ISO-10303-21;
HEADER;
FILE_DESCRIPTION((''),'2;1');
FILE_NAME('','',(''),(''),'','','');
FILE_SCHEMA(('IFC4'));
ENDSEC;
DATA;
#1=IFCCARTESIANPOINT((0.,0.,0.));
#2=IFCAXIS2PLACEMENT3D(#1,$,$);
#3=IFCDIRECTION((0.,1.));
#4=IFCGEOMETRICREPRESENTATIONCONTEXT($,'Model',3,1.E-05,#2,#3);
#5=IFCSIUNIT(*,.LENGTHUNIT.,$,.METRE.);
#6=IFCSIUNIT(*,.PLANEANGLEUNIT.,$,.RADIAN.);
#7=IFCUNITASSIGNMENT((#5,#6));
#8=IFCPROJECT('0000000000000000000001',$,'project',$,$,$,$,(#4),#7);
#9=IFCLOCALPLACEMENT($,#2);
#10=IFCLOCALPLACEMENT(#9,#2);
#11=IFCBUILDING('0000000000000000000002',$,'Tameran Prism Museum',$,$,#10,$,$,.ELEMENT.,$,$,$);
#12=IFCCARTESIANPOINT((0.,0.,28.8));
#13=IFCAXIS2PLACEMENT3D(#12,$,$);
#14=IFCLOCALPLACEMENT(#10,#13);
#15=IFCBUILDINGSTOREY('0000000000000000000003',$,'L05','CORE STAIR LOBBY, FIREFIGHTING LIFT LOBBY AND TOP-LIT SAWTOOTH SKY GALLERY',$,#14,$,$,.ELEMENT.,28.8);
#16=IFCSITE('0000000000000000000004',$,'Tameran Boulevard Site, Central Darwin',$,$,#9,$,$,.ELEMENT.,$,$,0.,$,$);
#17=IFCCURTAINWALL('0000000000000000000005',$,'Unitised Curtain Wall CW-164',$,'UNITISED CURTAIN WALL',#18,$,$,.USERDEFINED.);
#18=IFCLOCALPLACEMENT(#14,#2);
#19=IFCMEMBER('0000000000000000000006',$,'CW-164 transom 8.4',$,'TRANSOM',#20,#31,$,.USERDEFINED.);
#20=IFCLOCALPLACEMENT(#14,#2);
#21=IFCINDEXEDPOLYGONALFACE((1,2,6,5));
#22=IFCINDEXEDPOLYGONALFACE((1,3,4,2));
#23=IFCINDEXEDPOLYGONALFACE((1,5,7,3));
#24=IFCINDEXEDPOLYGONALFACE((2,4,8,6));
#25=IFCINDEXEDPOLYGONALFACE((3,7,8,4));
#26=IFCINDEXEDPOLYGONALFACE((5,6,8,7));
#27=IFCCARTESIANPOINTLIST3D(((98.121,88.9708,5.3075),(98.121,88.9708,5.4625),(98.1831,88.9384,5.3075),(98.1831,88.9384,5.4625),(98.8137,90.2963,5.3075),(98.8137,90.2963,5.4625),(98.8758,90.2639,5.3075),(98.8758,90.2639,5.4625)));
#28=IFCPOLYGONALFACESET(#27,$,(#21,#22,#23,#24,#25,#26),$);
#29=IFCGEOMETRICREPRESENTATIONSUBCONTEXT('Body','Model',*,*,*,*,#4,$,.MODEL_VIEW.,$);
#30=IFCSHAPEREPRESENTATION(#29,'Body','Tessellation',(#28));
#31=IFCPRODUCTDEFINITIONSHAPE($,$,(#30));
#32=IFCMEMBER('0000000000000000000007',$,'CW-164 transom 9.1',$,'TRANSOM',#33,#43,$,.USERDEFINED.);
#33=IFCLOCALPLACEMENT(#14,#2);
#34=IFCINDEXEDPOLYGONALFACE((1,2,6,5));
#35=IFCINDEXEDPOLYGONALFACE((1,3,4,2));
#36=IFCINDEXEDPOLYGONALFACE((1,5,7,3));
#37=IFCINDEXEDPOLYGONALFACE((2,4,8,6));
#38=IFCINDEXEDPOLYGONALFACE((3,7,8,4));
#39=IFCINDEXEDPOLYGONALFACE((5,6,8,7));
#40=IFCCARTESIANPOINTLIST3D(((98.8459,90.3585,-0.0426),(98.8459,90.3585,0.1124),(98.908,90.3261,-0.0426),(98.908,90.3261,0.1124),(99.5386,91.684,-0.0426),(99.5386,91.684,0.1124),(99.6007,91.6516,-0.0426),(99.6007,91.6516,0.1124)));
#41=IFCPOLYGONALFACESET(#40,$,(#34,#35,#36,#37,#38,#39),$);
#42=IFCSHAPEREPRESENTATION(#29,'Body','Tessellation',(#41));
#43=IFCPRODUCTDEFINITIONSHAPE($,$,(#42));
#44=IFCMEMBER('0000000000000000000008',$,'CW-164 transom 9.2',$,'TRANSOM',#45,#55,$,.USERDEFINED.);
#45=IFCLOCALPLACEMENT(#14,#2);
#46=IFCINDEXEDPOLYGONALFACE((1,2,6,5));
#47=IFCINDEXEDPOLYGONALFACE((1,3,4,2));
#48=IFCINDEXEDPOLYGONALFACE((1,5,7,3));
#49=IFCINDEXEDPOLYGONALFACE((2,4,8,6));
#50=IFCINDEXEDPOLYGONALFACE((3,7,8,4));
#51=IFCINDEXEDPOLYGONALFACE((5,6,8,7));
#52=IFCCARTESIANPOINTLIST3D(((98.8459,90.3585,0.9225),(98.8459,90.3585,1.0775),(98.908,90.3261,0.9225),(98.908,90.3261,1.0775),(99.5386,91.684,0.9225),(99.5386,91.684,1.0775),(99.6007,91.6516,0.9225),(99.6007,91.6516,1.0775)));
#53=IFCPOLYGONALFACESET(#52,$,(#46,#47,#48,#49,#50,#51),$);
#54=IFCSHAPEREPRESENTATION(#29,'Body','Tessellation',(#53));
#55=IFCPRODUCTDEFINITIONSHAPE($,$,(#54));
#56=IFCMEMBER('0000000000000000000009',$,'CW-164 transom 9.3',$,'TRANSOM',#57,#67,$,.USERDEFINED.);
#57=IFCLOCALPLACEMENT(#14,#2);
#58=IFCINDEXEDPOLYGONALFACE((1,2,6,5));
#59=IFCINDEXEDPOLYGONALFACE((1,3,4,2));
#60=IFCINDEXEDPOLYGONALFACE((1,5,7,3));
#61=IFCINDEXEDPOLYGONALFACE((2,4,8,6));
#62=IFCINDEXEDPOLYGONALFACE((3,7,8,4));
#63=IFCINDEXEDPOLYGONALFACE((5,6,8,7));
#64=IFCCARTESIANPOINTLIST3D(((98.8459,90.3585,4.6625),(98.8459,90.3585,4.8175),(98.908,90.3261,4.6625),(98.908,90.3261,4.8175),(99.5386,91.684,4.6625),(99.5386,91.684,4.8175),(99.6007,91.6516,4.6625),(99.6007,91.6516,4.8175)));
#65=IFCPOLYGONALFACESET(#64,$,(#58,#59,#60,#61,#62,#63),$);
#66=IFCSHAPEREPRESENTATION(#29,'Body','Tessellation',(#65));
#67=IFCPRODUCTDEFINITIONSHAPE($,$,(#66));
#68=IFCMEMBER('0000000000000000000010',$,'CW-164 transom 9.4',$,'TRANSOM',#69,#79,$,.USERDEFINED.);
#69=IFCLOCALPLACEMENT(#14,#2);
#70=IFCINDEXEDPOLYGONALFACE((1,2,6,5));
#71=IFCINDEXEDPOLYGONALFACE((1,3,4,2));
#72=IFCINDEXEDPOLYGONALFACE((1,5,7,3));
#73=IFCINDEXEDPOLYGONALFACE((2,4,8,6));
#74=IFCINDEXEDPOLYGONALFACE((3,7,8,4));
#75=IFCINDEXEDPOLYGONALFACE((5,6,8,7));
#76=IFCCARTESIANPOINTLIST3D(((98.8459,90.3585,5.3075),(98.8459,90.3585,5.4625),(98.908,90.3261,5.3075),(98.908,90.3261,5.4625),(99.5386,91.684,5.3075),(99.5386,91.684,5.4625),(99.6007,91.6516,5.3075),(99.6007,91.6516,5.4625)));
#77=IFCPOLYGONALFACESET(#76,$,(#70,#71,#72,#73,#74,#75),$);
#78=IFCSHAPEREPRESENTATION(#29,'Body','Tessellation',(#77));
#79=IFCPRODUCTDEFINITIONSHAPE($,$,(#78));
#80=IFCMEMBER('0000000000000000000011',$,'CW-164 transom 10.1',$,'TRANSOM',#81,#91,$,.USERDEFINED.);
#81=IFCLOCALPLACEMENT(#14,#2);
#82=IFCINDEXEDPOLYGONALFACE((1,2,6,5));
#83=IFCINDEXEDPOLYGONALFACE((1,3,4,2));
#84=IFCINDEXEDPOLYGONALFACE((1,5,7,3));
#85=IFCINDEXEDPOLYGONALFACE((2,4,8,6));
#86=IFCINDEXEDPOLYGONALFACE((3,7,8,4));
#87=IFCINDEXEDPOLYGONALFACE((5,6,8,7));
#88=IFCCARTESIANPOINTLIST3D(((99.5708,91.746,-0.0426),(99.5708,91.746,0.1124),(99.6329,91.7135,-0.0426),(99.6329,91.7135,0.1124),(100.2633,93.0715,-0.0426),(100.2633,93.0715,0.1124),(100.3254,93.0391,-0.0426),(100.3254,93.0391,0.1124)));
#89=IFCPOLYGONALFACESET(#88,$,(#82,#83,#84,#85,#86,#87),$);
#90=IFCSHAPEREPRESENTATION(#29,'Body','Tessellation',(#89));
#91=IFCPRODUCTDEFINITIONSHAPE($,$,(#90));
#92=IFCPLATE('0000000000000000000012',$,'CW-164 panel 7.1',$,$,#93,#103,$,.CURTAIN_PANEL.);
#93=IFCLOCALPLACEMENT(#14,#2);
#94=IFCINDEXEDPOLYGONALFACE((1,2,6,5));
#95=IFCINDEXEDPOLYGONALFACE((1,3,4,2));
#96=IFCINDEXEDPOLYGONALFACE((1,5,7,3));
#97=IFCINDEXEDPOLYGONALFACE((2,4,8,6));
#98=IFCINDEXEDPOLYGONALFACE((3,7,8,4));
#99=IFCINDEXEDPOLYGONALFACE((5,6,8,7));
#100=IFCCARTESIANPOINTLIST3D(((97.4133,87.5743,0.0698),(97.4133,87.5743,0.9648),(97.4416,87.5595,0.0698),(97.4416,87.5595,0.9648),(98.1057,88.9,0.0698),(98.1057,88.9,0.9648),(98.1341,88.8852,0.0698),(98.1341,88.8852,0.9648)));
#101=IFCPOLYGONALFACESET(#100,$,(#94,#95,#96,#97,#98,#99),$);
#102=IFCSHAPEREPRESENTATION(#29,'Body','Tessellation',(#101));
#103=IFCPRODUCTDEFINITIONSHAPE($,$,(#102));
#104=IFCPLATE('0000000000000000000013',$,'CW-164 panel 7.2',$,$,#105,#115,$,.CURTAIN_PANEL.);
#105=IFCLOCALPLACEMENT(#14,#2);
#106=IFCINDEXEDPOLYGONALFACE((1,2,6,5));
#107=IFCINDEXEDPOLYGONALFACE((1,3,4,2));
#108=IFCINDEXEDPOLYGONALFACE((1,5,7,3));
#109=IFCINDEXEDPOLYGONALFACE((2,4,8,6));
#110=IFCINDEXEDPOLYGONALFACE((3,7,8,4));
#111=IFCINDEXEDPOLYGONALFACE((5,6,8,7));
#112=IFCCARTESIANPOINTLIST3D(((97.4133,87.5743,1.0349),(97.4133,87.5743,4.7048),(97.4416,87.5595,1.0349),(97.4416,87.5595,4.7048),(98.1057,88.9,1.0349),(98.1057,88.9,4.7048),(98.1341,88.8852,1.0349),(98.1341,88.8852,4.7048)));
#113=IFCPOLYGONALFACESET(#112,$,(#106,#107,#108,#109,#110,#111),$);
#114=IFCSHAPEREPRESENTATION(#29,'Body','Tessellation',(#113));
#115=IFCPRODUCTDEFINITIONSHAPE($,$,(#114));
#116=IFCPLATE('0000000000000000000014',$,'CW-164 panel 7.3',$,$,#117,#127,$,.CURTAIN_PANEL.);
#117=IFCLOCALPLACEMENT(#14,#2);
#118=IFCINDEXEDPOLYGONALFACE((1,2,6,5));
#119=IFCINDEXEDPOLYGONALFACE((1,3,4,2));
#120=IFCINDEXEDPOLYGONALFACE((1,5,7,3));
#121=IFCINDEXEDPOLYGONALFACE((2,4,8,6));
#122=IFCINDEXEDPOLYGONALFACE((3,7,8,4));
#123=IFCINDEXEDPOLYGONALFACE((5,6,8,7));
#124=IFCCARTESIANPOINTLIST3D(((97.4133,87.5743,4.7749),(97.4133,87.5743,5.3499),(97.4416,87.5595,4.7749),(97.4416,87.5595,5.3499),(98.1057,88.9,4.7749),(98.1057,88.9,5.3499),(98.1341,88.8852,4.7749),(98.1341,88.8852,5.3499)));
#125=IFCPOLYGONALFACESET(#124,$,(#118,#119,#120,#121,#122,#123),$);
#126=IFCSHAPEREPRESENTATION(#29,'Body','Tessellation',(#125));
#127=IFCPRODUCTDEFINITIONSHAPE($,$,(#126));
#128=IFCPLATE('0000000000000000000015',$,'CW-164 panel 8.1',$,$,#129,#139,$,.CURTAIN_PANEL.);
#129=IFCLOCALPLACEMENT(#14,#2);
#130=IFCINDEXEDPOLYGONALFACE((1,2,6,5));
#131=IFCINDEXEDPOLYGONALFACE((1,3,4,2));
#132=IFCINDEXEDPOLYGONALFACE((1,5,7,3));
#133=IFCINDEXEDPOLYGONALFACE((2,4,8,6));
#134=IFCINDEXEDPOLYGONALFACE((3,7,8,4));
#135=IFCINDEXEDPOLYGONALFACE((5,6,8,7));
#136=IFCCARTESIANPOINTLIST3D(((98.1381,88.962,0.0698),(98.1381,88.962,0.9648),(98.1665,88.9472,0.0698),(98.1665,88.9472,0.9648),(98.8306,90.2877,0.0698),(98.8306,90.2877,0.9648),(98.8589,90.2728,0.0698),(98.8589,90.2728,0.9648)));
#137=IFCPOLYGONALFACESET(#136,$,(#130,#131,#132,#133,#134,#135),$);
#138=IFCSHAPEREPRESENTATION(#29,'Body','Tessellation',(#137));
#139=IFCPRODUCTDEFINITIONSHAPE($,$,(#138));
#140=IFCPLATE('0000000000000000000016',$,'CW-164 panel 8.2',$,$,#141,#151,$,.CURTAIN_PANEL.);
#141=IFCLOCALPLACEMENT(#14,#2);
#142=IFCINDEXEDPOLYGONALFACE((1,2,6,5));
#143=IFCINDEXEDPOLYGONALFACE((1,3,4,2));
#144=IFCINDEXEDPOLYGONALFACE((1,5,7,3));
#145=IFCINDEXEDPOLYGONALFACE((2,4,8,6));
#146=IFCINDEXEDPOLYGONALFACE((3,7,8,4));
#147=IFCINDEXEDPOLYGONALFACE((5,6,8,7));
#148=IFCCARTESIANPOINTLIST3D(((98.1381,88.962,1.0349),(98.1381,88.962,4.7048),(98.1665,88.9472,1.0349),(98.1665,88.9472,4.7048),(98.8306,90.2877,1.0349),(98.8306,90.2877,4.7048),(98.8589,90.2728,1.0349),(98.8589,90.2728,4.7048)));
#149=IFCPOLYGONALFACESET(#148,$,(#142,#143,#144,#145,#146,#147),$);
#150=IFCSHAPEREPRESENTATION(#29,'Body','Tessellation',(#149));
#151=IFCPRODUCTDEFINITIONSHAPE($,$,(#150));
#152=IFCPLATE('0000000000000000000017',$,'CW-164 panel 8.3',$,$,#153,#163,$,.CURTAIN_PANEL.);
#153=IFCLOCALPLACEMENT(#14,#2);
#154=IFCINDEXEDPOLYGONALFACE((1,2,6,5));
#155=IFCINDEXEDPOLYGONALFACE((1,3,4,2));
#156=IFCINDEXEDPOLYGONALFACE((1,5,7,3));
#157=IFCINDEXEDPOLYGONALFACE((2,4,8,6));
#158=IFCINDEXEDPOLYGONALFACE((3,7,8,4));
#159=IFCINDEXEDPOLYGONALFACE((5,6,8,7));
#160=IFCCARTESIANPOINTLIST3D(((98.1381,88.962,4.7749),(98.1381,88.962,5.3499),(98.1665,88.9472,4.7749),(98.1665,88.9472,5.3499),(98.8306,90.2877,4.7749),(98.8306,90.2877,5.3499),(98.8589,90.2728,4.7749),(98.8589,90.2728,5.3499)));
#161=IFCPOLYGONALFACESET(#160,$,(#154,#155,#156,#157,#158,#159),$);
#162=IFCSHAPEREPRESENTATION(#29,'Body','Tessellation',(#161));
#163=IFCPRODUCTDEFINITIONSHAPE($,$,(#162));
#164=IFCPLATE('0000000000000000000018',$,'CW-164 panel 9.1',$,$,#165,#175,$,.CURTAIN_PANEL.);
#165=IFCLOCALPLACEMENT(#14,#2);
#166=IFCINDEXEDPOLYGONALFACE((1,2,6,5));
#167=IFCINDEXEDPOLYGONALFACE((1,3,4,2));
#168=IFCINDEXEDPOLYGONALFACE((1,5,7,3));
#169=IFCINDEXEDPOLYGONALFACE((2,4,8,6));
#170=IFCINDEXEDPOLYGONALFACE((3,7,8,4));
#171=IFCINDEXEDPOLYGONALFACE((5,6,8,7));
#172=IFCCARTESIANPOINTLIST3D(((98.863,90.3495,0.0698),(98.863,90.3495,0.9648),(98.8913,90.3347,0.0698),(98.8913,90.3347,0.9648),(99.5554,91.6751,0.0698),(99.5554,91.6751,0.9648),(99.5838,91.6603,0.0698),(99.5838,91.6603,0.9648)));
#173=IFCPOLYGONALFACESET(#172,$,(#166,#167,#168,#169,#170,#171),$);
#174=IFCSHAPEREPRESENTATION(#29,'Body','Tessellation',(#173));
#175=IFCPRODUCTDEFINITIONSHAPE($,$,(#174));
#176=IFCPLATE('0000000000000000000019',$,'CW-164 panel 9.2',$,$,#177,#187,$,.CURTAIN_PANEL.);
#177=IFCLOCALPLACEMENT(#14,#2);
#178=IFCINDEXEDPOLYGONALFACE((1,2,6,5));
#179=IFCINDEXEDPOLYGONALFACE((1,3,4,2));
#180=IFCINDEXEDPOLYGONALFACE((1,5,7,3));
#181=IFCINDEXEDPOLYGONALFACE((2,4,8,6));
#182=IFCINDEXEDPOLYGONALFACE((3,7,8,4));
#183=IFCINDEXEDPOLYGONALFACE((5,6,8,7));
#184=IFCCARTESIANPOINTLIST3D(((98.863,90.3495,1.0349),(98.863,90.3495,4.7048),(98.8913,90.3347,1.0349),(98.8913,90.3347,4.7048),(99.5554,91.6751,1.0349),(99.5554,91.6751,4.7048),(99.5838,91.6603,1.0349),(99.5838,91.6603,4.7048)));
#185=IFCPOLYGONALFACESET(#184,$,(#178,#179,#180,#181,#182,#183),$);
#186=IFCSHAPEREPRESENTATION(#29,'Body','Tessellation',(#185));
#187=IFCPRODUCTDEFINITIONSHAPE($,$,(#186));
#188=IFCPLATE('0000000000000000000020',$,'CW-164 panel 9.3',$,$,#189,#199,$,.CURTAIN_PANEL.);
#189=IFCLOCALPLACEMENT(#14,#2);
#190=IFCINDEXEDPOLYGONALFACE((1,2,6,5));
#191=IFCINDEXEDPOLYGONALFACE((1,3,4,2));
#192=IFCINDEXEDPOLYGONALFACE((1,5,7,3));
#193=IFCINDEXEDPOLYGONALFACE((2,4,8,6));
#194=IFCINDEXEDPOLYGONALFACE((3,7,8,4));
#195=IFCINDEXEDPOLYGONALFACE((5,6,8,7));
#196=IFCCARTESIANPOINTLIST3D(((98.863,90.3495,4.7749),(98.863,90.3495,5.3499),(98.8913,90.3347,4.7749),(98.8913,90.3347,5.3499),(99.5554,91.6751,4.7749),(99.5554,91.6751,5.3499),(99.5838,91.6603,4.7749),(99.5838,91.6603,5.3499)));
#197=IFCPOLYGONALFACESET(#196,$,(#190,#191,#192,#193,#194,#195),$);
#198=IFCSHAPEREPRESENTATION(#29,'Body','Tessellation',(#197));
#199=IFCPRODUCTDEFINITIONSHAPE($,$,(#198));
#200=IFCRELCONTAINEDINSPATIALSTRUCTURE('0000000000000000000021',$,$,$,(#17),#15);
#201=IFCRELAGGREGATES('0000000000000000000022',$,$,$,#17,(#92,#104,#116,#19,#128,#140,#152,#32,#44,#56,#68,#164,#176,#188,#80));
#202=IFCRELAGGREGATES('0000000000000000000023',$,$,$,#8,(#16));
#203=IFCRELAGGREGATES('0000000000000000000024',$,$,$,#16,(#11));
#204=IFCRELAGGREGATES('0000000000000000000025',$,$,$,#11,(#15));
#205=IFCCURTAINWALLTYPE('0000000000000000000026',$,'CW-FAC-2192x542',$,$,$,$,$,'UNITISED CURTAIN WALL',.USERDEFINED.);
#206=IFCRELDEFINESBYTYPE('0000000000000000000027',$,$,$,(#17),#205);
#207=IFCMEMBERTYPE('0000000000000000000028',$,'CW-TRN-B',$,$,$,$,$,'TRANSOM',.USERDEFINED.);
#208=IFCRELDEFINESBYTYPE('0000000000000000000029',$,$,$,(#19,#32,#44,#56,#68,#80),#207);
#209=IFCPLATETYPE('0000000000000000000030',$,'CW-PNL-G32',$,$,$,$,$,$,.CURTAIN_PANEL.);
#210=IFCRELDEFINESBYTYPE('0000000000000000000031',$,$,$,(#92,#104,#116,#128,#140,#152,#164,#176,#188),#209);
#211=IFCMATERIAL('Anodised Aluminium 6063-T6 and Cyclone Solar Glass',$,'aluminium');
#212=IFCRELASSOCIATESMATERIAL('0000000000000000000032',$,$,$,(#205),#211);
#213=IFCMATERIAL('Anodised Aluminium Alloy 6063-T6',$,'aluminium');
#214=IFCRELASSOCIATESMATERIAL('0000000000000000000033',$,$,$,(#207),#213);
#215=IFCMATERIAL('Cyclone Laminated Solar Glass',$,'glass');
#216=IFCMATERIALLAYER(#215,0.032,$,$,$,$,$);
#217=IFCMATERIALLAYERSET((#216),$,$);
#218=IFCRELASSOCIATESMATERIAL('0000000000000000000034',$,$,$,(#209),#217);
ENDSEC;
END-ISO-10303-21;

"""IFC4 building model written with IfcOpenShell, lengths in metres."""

from ifc_helpers import new_model, si_unit, direction, frame, origin, origin_2d, place, context, subcontext, project, spatial, rectangle, extrude, material, layer, layer_set, material_profile, profile_set, type_object, element, aggregate, save


model = new_model("IFC4")

# Units and contexts
model_context = context("Model", 3, precision=1e-05, world=origin(), true_north=direction((0.0, 1.0)))
body_context = subcontext(model_context, "Body", "Model", "MODEL_VIEW")
ifc_project = project(units=[si_unit("LENGTHUNIT", "METRE"), si_unit("PLANEANGLEUNIT", "RADIAN")], contexts=[model_context])

# Site, building, storey
site_placement = place(None, origin())
site = spatial("IfcSite", under=ifc_project, at=site_placement, Name="Tameran Boulevard Site, Central Darwin", CompositionType="ELEMENT", RefElevation=0.0)
building_placement = place(site_placement, origin())
building = spatial("IfcBuilding", under=site, at=building_placement, Name="Tameran Prism Museum", CompositionType="ELEMENT")
storey_placement = place(building_placement, frame((0.0, 0.0, 28.8)))
storey = spatial("IfcBuildingStorey", under=building, at=storey_placement, Name="L05", Description="CORE STAIR LOBBY, FIREFIGHTING LIFT LOBBY AND TOP-LIT SAWTOOTH SKY GALLERY", CompositionType="ELEMENT", Elevation=28.8)

# Curtain wall, members, plates
ifc_material_1 = material(Name="Anodised Aluminium 6063-T6 and Cyclone Solar Glass", Category="aluminium")
curtain_wall_type = type_object("IfcCurtainWallType", Name="CW-FAC-2192x542", ElementType="UNITISED CURTAIN WALL", PredefinedType="USERDEFINED", material=ifc_material_1)
curtain_wall_placement = place(storey_placement, origin())
curtain_wall = element("IfcCurtainWall", 1, at=curtain_wall_placement, inside=storey, type_object=curtain_wall_type, Name="Unitised Curtain Wall CW-164", ObjectType="UNITISED CURTAIN WALL", PredefinedType="USERDEFINED")
ifc_material_2 = material(Name="Anodised Aluminium Alloy 6063-T6", Category="aluminium")
ifc_material_profile_1 = material_profile(ifc_material_2, rectangle(XDim=0.0701, YDim=0.155, at=origin_2d()))
ifc_profile_set_1 = profile_set([ifc_material_profile_1])
member_type_1 = type_object("IfcMemberType", Name="CW-TRN-B", ElementType="TRANSOM", PredefinedType="USERDEFINED", material=ifc_profile_set_1)
member_1_placement = place(storey_placement, frame((98.1521, 88.9546, 5.385), z_axis=(0.463141, 0.886285, 0.0), x_axis=(-0.886285, 0.463141, 0.0)))
member_1 = element("IfcMember", 2, at=member_1_placement, type_object=member_type_1, Name="CW-164 transom 8.4", ObjectType="TRANSOM", PredefinedType="USERDEFINED", context=body_context, shape_type="SweptSolid", body=[
    extrude(rectangle(XDim=0.0701, YDim=0.155, at=origin_2d()), origin(), (0.0, 0.0, 1.0), 1.4956),
])
member_2_placement = place(storey_placement, frame((98.877, 90.3423, 0.0349), z_axis=(0.463141, 0.886285, 0.0), x_axis=(-0.886285, 0.463141, 0.0)))
member_2 = element("IfcMember", 3, at=member_2_placement, type_object=member_type_1, Name="CW-164 transom 9.1", ObjectType="TRANSOM", PredefinedType="USERDEFINED", context=body_context, shape_type="SweptSolid", body=[
    extrude(rectangle(XDim=0.0701, YDim=0.155, at=origin_2d()), origin(), (0.0, 0.0, 1.0), 1.4956),
])
member_3_placement = place(storey_placement, frame((98.877, 90.3423, 1.0), z_axis=(0.463141, 0.886285, 0.0), x_axis=(-0.886285, 0.463141, 0.0)))
member_3 = element("IfcMember", 4, at=member_3_placement, type_object=member_type_1, Name="CW-164 transom 9.2", ObjectType="TRANSOM", PredefinedType="USERDEFINED", context=body_context, shape_type="SweptSolid", body=[
    extrude(rectangle(XDim=0.0701, YDim=0.155, at=origin_2d()), origin(), (0.0, 0.0, 1.0), 1.4956),
])
member_4_placement = place(storey_placement, frame((98.877, 90.3423, 4.74), z_axis=(0.463141, 0.886285, 0.0), x_axis=(-0.886285, 0.463141, 0.0)))
member_4 = element("IfcMember", 5, at=member_4_placement, type_object=member_type_1, Name="CW-164 transom 9.3", ObjectType="TRANSOM", PredefinedType="USERDEFINED", context=body_context, shape_type="SweptSolid", body=[
    extrude(rectangle(XDim=0.0701, YDim=0.155, at=origin_2d()), origin(), (0.0, 0.0, 1.0), 1.4956),
])
member_5_placement = place(storey_placement, frame((98.877, 90.3423, 5.385), z_axis=(0.463141, 0.886285, 0.0), x_axis=(-0.886285, 0.463141, 0.0)))
member_5 = element("IfcMember", 6, at=member_5_placement, type_object=member_type_1, Name="CW-164 transom 9.4", ObjectType="TRANSOM", PredefinedType="USERDEFINED", context=body_context, shape_type="SweptSolid", body=[
    extrude(rectangle(XDim=0.0701, YDim=0.155, at=origin_2d()), origin(), (0.0, 0.0, 1.0), 1.4956),
])
member_6_placement = place(storey_placement, frame((99.6018, 91.7297, 0.0349), z_axis=(0.463074, 0.88632, 0.0), x_axis=(-0.88632, 0.463074, 0.0)))
member_6 = element("IfcMember", 7, at=member_6_placement, type_object=member_type_1, Name="CW-164 transom 10.1", ObjectType="TRANSOM", PredefinedType="USERDEFINED", context=body_context, shape_type="SweptSolid", body=[
    extrude(rectangle(XDim=0.0701, YDim=0.155, at=origin_2d()), origin(), (0.0, 0.0, 1.0), 1.4956),
])
ifc_material_3 = material(Name="Cyclone Laminated Solar Glass", Category="glass")
ifc_layer_1 = layer(ifc_material_3, 0.032)
ifc_layer_set_1 = layer_set([ifc_layer_1])
plate_type = type_object("IfcPlateType", Name="CW-PNL-G32", PredefinedType="CURTAIN_PANEL", material=ifc_layer_set_1)
plate_1_placement = place(storey_placement, frame((97.7737, 88.2297, 0.0698), z_axis=(0.0, 0.0, 1.0), x_axis=(0.463003, 0.886357, 0.0)))
plate_1 = element("IfcPlate", 8, at=plate_1_placement, type_object=plate_type, Name="CW-164 panel 7.1", PredefinedType="CURTAIN_PANEL", context=body_context, shape_type="SweptSolid", body=[
    extrude(rectangle(XDim=1.4956, YDim=0.032, at=origin_2d()), origin(), (0.0, 0.0, 1.0), 0.895),
])
plate_2_placement = place(storey_placement, frame((97.7737, 88.2297, 1.0349), z_axis=(0.0, 0.0, 1.0), x_axis=(0.463003, 0.886357, 0.0)))
plate_2 = element("IfcPlate", 9, at=plate_2_placement, type_object=plate_type, Name="CW-164 panel 7.2", PredefinedType="CURTAIN_PANEL", context=body_context, shape_type="SweptSolid", body=[
    extrude(rectangle(XDim=1.4956, YDim=0.032, at=origin_2d()), origin(), (0.0, 0.0, 1.0), 3.6699),
])
plate_3_placement = place(storey_placement, frame((97.7737, 88.2297, 4.7749), z_axis=(0.0, 0.0, 1.0), x_axis=(0.463003, 0.886357, 0.0)))
plate_3 = element("IfcPlate", 10, at=plate_3_placement, type_object=plate_type, Name="CW-164 panel 7.3", PredefinedType="CURTAIN_PANEL", context=body_context, shape_type="SweptSolid", body=[
    extrude(rectangle(XDim=1.4956, YDim=0.032, at=origin_2d()), origin(), (0.0, 0.0, 1.0), 0.575),
])
plate_4_placement = place(storey_placement, frame((98.4985, 89.6174, 0.0698), z_axis=(0.0, 0.0, 1.0), x_axis=(0.463003, 0.886357, 0.0)))
plate_4 = element("IfcPlate", 11, at=plate_4_placement, type_object=plate_type, Name="CW-164 panel 8.1", PredefinedType="CURTAIN_PANEL", context=body_context, shape_type="SweptSolid", body=[
    extrude(rectangle(XDim=1.4956, YDim=0.032, at=origin_2d()), origin(), (0.0, 0.0, 1.0), 0.895),
])
plate_5_placement = place(storey_placement, frame((98.4985, 89.6174, 1.0349), z_axis=(0.0, 0.0, 1.0), x_axis=(0.463003, 0.886357, 0.0)))
plate_5 = element("IfcPlate", 12, at=plate_5_placement, type_object=plate_type, Name="CW-164 panel 8.2", PredefinedType="CURTAIN_PANEL", context=body_context, shape_type="SweptSolid", body=[
    extrude(rectangle(XDim=1.4956, YDim=0.032, at=origin_2d()), origin(), (0.0, 0.0, 1.0), 3.6699),
])
plate_6_placement = place(storey_placement, frame((98.4985, 89.6174, 4.7749), z_axis=(0.0, 0.0, 1.0), x_axis=(0.463003, 0.886357, 0.0)))
plate_6 = element("IfcPlate", 13, at=plate_6_placement, type_object=plate_type, Name="CW-164 panel 8.3", PredefinedType="CURTAIN_PANEL", context=body_context, shape_type="SweptSolid", body=[
    extrude(rectangle(XDim=1.4956, YDim=0.032, at=origin_2d()), origin(), (0.0, 0.0, 1.0), 0.575),
])
plate_7_placement = place(storey_placement, frame((99.2234, 91.0049, 0.0698), z_axis=(0.0, 0.0, 1.0), x_axis=(0.463003, 0.886357, 0.0)))
plate_7 = element("IfcPlate", 14, at=plate_7_placement, type_object=plate_type, Name="CW-164 panel 9.1", PredefinedType="CURTAIN_PANEL", context=body_context, shape_type="SweptSolid", body=[
    extrude(rectangle(XDim=1.4956, YDim=0.032, at=origin_2d()), origin(), (0.0, 0.0, 1.0), 0.895),
])
plate_8_placement = place(storey_placement, frame((99.2234, 91.0049, 1.0349), z_axis=(0.0, 0.0, 1.0), x_axis=(0.463003, 0.886357, 0.0)))
plate_8 = element("IfcPlate", 15, at=plate_8_placement, type_object=plate_type, Name="CW-164 panel 9.2", PredefinedType="CURTAIN_PANEL", context=body_context, shape_type="SweptSolid", body=[
    extrude(rectangle(XDim=1.4956, YDim=0.032, at=origin_2d()), origin(), (0.0, 0.0, 1.0), 3.6699),
])
plate_9_placement = place(storey_placement, frame((99.2234, 91.0049, 4.7749), z_axis=(0.0, 0.0, 1.0), x_axis=(0.463003, 0.886357, 0.0)))
plate_9 = element("IfcPlate", 16, at=plate_9_placement, type_object=plate_type, Name="CW-164 panel 9.3", PredefinedType="CURTAIN_PANEL", context=body_context, shape_type="SweptSolid", body=[
    extrude(rectangle(XDim=1.4956, YDim=0.032, at=origin_2d()), origin(), (0.0, 0.0, 1.0), 0.575),
])
aggregate(curtain_wall, [plate_1, plate_2, plate_3, member_1, plate_4, plate_5, plate_6, member_2, member_3, member_4, member_5, plate_7, plate_8, plate_9, member_6])

save(model, "model.ifc")
